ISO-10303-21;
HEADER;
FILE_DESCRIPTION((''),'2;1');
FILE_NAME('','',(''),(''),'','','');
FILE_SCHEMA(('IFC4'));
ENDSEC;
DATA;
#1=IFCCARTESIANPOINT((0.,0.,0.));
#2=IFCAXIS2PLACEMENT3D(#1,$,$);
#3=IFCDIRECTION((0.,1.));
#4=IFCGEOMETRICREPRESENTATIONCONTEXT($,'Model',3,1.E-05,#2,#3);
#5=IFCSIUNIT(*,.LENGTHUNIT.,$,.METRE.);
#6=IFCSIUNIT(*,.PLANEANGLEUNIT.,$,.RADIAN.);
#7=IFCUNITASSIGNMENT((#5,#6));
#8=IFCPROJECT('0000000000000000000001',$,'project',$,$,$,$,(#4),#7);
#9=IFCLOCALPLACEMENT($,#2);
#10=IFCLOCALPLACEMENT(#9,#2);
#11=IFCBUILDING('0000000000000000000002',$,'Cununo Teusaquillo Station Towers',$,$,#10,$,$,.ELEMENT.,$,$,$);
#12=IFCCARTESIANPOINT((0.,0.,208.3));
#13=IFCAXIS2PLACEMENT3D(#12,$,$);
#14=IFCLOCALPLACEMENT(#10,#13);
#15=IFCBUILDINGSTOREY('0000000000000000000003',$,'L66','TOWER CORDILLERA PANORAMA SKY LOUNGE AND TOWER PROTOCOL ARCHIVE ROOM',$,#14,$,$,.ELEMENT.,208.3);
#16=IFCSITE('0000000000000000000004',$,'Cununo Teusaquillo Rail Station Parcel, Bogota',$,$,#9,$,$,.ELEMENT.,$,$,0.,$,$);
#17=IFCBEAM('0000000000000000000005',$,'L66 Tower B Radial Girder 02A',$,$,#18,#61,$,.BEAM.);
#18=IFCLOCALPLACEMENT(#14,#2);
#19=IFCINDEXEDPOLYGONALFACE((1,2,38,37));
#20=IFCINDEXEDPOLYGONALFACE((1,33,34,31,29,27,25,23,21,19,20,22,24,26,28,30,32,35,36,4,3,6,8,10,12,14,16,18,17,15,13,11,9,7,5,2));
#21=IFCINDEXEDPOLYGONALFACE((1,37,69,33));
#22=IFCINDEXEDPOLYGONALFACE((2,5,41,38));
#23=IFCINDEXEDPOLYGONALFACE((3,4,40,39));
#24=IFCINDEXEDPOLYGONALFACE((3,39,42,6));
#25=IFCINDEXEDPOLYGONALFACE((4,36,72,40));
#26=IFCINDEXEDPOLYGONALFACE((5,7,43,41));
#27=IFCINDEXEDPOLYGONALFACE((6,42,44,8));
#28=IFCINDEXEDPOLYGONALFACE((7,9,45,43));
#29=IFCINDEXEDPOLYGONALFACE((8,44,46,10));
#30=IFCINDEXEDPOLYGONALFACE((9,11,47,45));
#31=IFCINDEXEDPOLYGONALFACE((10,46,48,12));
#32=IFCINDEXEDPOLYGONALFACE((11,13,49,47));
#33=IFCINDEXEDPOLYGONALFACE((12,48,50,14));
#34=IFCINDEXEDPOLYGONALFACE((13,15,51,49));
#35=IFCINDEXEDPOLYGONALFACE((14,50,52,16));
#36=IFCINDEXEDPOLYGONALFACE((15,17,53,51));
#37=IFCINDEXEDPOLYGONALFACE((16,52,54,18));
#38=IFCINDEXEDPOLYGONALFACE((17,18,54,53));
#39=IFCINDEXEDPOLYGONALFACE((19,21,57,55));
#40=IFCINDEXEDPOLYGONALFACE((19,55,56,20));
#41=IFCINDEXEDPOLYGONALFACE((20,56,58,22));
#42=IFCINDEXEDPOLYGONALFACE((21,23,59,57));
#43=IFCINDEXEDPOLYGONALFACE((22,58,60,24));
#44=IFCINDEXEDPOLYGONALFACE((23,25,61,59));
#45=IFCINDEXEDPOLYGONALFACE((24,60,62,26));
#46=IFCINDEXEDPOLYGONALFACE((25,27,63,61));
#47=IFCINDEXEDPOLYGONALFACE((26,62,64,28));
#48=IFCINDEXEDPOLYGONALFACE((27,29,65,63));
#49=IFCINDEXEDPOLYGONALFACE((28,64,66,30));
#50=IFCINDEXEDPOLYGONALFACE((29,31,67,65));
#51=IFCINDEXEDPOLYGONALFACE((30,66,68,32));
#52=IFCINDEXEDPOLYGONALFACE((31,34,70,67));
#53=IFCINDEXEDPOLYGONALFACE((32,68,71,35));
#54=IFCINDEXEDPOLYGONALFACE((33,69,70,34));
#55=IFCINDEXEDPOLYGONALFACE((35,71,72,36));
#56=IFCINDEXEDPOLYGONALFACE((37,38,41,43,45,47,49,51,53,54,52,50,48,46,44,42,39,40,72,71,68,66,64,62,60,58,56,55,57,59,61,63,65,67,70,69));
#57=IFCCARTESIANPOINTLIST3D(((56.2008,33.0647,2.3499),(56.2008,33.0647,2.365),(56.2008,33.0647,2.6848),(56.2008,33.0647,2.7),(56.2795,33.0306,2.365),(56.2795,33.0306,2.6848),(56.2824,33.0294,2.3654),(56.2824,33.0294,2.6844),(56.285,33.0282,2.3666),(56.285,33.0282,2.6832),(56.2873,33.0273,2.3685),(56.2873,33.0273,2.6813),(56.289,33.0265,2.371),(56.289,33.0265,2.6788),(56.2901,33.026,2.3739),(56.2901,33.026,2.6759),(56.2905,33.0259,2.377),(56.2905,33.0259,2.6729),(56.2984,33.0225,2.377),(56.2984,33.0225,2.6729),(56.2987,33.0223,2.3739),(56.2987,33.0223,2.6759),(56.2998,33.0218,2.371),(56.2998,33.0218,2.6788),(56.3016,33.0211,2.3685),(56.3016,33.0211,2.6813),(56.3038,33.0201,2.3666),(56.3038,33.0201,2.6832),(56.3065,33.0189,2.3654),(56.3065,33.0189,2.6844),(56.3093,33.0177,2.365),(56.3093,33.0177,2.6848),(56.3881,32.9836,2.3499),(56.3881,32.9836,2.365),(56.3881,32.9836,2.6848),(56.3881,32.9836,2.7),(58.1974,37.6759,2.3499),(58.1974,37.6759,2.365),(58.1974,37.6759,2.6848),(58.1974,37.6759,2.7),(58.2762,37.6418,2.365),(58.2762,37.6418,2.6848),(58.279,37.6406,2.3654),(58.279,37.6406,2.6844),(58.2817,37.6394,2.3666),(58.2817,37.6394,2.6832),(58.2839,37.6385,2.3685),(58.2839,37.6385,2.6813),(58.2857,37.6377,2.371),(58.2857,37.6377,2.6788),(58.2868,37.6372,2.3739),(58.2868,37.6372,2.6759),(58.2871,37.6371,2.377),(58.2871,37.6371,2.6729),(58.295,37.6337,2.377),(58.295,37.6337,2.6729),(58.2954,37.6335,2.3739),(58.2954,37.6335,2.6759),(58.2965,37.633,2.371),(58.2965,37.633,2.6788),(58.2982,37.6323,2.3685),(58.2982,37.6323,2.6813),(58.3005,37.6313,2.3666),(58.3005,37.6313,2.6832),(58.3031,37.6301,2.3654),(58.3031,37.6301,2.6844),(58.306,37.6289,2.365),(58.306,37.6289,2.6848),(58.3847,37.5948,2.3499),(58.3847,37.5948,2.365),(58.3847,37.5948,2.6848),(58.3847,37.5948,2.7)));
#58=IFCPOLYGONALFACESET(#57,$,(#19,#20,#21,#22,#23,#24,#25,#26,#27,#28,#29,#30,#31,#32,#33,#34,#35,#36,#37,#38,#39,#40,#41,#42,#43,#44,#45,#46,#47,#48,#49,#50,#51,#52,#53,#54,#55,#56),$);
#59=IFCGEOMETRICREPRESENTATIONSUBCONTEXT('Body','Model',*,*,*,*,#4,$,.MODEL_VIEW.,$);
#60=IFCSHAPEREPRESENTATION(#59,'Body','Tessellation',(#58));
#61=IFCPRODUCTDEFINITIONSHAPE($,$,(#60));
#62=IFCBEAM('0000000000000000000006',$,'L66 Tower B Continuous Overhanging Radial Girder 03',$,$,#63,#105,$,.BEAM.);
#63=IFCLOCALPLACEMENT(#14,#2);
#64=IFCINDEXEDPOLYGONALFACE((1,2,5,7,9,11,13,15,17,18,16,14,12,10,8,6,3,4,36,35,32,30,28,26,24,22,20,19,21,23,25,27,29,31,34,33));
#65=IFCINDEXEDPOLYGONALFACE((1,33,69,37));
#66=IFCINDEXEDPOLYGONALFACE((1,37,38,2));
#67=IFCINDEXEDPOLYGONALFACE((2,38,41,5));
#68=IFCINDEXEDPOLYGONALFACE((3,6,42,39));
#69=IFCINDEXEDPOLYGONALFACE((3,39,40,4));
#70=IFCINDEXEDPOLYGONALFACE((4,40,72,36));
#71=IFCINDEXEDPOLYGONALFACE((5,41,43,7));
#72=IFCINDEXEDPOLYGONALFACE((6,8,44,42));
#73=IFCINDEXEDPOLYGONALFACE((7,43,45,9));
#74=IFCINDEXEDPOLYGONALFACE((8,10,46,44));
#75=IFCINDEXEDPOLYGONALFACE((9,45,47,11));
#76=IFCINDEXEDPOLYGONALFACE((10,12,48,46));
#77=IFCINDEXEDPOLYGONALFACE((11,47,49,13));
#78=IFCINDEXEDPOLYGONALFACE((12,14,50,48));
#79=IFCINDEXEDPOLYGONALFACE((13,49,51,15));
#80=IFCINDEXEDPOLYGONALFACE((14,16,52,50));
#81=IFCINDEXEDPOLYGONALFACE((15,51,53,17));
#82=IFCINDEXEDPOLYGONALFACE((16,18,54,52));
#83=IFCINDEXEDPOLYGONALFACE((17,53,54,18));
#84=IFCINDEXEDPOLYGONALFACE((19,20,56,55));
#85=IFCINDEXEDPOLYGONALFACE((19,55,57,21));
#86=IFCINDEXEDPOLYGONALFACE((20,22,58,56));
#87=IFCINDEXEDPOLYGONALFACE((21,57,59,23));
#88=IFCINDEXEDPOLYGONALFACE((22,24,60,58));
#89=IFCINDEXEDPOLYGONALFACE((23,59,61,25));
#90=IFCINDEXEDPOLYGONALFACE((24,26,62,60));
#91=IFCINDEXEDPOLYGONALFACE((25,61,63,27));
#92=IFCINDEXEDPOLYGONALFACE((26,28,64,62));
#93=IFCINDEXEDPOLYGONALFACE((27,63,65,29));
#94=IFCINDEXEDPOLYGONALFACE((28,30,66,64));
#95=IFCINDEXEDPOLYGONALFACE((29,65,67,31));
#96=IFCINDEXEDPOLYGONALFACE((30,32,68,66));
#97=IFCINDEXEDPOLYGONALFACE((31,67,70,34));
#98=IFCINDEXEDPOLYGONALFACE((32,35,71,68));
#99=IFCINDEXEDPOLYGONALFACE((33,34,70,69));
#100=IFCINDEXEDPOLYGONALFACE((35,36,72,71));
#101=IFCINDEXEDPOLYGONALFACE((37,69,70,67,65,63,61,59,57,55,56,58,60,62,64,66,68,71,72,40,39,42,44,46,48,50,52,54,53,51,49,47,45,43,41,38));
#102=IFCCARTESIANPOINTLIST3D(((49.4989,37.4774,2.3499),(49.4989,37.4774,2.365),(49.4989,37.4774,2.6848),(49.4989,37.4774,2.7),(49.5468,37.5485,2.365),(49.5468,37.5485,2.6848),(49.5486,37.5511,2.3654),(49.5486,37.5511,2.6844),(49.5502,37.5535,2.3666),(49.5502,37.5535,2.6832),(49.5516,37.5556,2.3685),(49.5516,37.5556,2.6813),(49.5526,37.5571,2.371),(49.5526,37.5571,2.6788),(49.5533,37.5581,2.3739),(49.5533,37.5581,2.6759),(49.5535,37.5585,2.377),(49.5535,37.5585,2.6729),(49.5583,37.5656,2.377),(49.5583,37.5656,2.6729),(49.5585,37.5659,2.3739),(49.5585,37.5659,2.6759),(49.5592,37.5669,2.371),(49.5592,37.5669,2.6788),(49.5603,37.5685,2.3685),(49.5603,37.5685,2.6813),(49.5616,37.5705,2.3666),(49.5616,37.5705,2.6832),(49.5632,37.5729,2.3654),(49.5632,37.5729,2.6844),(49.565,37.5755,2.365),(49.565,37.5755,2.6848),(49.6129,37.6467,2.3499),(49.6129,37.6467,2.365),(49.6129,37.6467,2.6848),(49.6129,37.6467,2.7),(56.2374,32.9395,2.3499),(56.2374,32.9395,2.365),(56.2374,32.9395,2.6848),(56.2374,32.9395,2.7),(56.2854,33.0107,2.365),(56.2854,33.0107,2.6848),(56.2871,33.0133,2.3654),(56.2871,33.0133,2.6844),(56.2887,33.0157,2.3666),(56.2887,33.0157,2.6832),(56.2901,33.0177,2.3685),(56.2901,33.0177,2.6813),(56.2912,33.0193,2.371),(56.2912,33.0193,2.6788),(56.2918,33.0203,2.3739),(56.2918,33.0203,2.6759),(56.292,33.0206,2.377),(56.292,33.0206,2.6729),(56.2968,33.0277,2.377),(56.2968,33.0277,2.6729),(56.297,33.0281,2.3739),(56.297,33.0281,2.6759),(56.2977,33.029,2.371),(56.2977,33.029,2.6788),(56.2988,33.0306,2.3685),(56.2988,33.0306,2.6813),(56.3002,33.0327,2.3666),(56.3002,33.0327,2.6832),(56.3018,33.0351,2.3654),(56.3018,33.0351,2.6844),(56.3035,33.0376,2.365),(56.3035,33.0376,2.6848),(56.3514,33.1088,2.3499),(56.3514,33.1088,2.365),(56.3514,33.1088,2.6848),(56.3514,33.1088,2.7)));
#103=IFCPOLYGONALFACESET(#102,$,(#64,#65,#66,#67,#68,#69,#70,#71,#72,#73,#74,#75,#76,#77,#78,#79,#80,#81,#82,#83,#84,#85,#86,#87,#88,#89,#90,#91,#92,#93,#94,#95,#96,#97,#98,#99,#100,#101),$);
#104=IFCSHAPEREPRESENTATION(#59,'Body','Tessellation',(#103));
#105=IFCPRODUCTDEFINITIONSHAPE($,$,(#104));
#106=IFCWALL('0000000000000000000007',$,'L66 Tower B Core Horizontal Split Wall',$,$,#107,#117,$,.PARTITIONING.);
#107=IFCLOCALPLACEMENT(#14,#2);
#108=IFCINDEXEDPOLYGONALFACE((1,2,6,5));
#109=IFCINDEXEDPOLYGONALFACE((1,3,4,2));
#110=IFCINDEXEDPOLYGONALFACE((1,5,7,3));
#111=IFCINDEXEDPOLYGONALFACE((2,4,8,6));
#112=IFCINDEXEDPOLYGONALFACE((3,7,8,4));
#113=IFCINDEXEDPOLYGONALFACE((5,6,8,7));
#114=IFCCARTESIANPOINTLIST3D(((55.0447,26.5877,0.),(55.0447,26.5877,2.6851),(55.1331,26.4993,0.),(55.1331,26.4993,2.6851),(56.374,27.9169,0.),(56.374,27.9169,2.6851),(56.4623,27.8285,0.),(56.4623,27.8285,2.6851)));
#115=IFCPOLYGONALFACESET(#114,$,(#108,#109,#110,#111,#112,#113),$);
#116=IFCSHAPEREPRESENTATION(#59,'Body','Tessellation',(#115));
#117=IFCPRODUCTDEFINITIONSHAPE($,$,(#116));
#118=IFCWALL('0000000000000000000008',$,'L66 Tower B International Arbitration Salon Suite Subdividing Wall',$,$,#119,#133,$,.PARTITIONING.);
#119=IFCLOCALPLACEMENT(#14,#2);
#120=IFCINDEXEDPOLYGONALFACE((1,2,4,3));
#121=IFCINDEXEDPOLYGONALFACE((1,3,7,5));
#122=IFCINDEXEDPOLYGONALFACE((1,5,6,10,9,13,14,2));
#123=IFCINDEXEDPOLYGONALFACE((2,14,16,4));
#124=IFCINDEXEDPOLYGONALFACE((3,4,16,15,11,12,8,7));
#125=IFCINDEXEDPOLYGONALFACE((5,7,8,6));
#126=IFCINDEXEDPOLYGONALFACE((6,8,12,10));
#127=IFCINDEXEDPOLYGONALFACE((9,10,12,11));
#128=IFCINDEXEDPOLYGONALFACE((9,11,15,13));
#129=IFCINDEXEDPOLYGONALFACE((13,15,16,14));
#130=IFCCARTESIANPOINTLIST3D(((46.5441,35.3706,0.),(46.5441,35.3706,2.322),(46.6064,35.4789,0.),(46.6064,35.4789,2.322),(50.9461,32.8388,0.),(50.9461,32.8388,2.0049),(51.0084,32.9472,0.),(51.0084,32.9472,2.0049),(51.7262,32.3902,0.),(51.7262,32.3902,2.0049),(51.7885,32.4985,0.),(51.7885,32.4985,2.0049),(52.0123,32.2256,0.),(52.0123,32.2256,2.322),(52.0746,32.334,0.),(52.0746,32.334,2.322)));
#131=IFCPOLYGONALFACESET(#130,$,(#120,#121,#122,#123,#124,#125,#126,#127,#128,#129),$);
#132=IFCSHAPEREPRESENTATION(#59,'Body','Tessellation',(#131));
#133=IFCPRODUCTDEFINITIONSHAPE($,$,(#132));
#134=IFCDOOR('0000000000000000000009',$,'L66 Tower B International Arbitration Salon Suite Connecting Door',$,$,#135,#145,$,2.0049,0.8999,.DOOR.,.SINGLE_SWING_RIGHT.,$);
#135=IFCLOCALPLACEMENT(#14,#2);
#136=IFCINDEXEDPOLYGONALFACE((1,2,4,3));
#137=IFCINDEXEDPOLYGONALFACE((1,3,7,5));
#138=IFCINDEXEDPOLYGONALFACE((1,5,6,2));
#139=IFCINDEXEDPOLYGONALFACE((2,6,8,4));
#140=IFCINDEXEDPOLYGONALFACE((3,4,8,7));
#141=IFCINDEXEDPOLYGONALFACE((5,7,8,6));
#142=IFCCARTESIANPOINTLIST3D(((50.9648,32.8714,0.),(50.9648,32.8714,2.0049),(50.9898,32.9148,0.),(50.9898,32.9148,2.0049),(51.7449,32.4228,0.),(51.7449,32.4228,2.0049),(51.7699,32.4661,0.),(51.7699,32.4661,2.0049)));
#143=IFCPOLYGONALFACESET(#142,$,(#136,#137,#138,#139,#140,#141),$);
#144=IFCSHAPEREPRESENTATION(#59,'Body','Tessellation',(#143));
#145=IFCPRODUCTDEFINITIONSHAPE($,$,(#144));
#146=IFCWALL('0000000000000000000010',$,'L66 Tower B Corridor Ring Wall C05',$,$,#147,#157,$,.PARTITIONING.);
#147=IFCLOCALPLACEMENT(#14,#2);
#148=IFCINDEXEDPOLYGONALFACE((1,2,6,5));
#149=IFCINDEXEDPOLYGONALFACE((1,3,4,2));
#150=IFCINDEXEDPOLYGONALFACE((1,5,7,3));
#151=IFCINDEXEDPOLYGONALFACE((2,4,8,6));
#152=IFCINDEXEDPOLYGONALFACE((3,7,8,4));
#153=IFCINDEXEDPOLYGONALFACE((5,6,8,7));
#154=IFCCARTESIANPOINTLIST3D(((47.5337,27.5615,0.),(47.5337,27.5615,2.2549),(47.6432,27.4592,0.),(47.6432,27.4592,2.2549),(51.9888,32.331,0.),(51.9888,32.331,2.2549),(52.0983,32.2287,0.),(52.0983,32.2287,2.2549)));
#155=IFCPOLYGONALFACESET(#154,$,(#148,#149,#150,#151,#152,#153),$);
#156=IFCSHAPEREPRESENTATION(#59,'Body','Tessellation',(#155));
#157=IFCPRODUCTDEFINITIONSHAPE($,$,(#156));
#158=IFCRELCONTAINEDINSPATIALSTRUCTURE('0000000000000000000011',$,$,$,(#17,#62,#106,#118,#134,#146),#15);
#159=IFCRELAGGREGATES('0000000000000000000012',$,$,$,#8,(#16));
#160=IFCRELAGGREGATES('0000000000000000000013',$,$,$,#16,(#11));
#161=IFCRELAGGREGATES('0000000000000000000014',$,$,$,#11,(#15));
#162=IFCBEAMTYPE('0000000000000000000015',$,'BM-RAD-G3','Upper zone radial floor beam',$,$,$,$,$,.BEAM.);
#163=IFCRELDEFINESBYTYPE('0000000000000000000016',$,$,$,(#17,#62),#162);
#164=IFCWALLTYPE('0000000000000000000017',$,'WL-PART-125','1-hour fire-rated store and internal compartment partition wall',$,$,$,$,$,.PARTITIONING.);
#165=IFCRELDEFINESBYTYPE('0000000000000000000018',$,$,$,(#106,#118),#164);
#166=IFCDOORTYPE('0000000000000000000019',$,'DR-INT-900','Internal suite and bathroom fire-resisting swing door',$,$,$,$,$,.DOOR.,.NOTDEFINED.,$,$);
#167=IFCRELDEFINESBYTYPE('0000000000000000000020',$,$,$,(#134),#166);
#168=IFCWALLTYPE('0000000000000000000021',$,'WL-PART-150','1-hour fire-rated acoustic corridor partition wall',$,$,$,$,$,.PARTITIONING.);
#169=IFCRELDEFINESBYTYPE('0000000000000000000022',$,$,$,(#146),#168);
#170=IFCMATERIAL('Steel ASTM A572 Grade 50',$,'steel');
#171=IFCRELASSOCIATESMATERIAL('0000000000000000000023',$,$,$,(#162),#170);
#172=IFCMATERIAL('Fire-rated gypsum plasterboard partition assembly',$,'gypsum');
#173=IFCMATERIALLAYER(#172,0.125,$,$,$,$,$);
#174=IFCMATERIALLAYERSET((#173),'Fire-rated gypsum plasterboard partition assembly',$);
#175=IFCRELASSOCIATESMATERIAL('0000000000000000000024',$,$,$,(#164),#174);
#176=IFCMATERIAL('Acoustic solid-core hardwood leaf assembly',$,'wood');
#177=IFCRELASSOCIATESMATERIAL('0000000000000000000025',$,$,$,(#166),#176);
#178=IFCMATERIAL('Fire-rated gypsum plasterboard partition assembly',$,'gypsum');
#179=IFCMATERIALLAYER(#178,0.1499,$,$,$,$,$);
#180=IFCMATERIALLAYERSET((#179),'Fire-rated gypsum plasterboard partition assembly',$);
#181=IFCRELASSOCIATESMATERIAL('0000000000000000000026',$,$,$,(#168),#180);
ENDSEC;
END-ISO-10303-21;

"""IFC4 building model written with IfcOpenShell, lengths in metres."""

from ifc_helpers import new_model, si_unit, direction, frame, frame_2d, origin, origin_2d, place, context, subcontext, project, spatial, rectangle, i_section, extrude, source, transform, mapped, material, layer, layer_set, material_profile, profile_set, type_object, element, fill, save


model = new_model("IFC4")

# Units and contexts
model_context = context("Model", 3, precision=1e-05, world=origin(), true_north=direction((0.0, 1.0)))
body_context = subcontext(model_context, "Body", "Model", "MODEL_VIEW")
ifc_project = project(units=[si_unit("LENGTHUNIT", "METRE"), si_unit("PLANEANGLEUNIT", "RADIAN")], contexts=[model_context])

# Site, building, storey
site_placement = place(None, origin())
site = spatial("IfcSite", under=ifc_project, at=site_placement, Name="Cununo Teusaquillo Rail Station Parcel, Bogota", CompositionType="ELEMENT", RefElevation=0.0)
building_placement = place(site_placement, origin())
building = spatial("IfcBuilding", under=site, at=building_placement, Name="Cununo Teusaquillo Station Towers", CompositionType="ELEMENT")
storey_placement = place(building_placement, frame((0.0, 0.0, 208.3)))
storey = spatial("IfcBuildingStorey", under=building, at=storey_placement, Name="L66", Description="TOWER CORDILLERA PANORAMA SKY LOUNGE AND TOWER PROTOCOL ARCHIVE ROOM", CompositionType="ELEMENT", Elevation=208.3)

# Beams
ifc_material_1 = material(Name="Steel ASTM A572 Grade 50", Category="steel")
ifc_material_profile_1 = material_profile(ifc_material_1, i_section(OverallWidth=0.2041, OverallDepth=0.3501, WebThickness=0.0085, FlangeThickness=0.0151, FilletRadius=0.012, at=origin_2d()), Name="W14X48")
ifc_profile_set_1 = profile_set([ifc_material_profile_1], Name="Steel ASTM A572 Grade 50")
beam_type_1 = type_object("IfcBeamType", Name="BM-RAD-G3", Description="Upper zone radial floor beam", PredefinedType="BEAM", material=ifc_profile_set_1)
beam_1_placement = place(storey_placement, frame((56.2944, 33.0242, 2.5249), z_axis=(0.397347, 0.917668, 0.0), x_axis=(-0.917668, 0.397347, 0.0)))
element("IfcBeam", 1, at=beam_1_placement, inside=storey, type_object=beam_type_1, Name="L66 Tower B Radial Girder 02A", PredefinedType="BEAM", context=body_context, shape_type="SweptSolid", body=[
    extrude(i_section(OverallWidth=0.2041, OverallDepth=0.3501, WebThickness=0.0085, FlangeThickness=0.0151, FilletRadius=0.012, at=origin_2d()), origin(), (0.0, 0.0, 1.0), 5.0249),
])
beam_2_placement = place(storey_placement, frame((56.2944, 33.0242, 2.5249), z_axis=(-0.829457, 0.558571, 0.0), x_axis=(-0.558571, -0.829457, 0.0)))
element("IfcBeam", 2, at=beam_2_placement, inside=storey, type_object=beam_type_1, Name="L66 Tower B Continuous Overhanging Radial Girder 03", PredefinedType="BEAM", context=body_context, shape_type="SweptSolid", body=[
    extrude(i_section(OverallWidth=0.2041, OverallDepth=0.3501, WebThickness=0.0085, FlangeThickness=0.0151, FilletRadius=0.012, at=origin_2d()), origin(), (0.0, 0.0, 1.0), 8.124),
])

# Wall
ifc_material_2 = material(Name="Fire-rated gypsum plasterboard partition assembly", Category="gypsum")
ifc_layer_1 = layer(ifc_material_2, 0.125)
ifc_layer_set_1 = layer_set([ifc_layer_1], Name="Fire-rated gypsum plasterboard partition assembly")
wall_type_1 = type_object("IfcWallType", Name="WL-PART-125", Description="1-hour fire-rated store and internal compartment partition wall", PredefinedType="PARTITIONING", material=ifc_layer_set_1)
wall_1_placement = place(storey_placement, frame((55.0889, 26.5435, 0.0), z_axis=(0.0, 0.0, 1.0), x_axis=(0.707107, 0.707107, 0.0)))
element("IfcWall", 3, at=wall_1_placement, inside=storey, type_object=wall_type_1, Name="L66 Tower B Core Horizontal Split Wall", PredefinedType="PARTITIONING", context=body_context, shape_type="SweptSolid", body=[
    extrude(rectangle(XDim=1.8799, YDim=0.125, at=frame_2d((0.9399, 0.0))), origin(), (0.0, 0.0, 1.0), 2.6851),
])

# Wall, opening, door
wall_2_placement = place(storey_placement, frame((52.0435, 32.2798, 0.0), z_axis=(0.0, 0.0, 1.0), x_axis=(-0.866854, 0.498563, 0.0)))
wall_2 = element("IfcWall", 4, at=wall_2_placement, inside=storey, type_object=wall_type_1, Name="L66 Tower B International Arbitration Salon Suite Subdividing Wall", PredefinedType="PARTITIONING", context=body_context, shape_type="SweptSolid", body=[
    extrude(rectangle(XDim=6.3081, YDim=0.125, at=frame_2d((3.1541, 0.0))), origin(), (0.0, 0.0, 1.0), 2.322),
])
shared_shape_1 = source(origin(), body_context, "Body", "SweptSolid", [
    extrude(rectangle(XDim=0.8999, YDim=2.0049, at=frame_2d((0.45, 1.0024))), frame((0.0, 0.0725, 0.0), z_axis=(0.0, -1.0, 0.0), x_axis=(1.0, 0.0, 0.0)), (0.0, 0.0, 1.0), 0.145),
])
opening_1_placement = place(wall_2_placement, frame((0.3301, 0.0, 0.0)))
opening_1 = element("IfcOpeningElement", 5, at=opening_1_placement, cuts=wall_2, PredefinedType="OPENING", context=body_context, shape_type="MappedRepresentation", body=[
    mapped(shared_shape_1, transform((0.0, 0.0, 0.0), x_axis=(1.0, 0.0, 0.0), y_axis=(0.0, 1.0, 0.0), z_axis=(0.0, 0.0, 1.0), scale=1.0)),
])
ifc_material_3 = material(Name="Acoustic solid-core hardwood leaf assembly", Category="wood")
door_type_1 = type_object("IfcDoorType", Name="DR-INT-900", Description="Internal suite and bathroom fire-resisting swing door", OperationType="NOTDEFINED", PredefinedType="DOOR", material=ifc_material_3)
shared_shape_2 = source(origin(), body_context, "Body", "SweptSolid", [
    extrude(rectangle(XDim=0.8999, YDim=2.0049, at=frame_2d((0.45, 1.0024))), frame((0.0, 0.0249, 0.0), z_axis=(0.0, -1.0, 0.0), x_axis=(1.0, 0.0, 0.0)), (0.0, 0.0, 1.0), 0.05),
])
door_1_placement = place(opening_1_placement, origin())
door_1 = element("IfcDoor", 6, at=door_1_placement, inside=storey, type_object=door_type_1, Name="L66 Tower B International Arbitration Salon Suite Connecting Door", OperationType="SINGLE_SWING_RIGHT", OverallHeight=2.0049, OverallWidth=0.8999, PredefinedType="DOOR", context=body_context, shape_type="MappedRepresentation", body=[
    mapped(shared_shape_2, transform((0.0, 0.0, 0.0), x_axis=(1.0, 0.0, 0.0), y_axis=(0.0, 1.0, 0.0), z_axis=(0.0, 0.0, 1.0), scale=1.0)),
])
fill(opening_1, door_1)

# Wall
ifc_material_4 = material(Name="Fire-rated gypsum plasterboard partition assembly", Category="gypsum")
ifc_layer_2 = layer(ifc_material_4, 0.1499)
ifc_layer_set_2 = layer_set([ifc_layer_2], Name="Fire-rated gypsum plasterboard partition assembly")
wall_type_2 = type_object("IfcWallType", Name="WL-PART-150", Description="1-hour fire-rated acoustic corridor partition wall", PredefinedType="PARTITIONING", material=ifc_layer_set_2)
wall_3_placement = place(storey_placement, frame((52.0435, 32.2798, 0.0), z_axis=(0.0, 0.0, 1.0), x_axis=(-0.682606, -0.730787, 0.0)))
element("IfcWall", 7, at=wall_3_placement, inside=storey, type_object=wall_type_2, Name="L66 Tower B Corridor Ring Wall C05", PredefinedType="PARTITIONING", context=body_context, shape_type="SweptSolid", body=[
    extrude(rectangle(XDim=6.5266, YDim=0.1499, at=frame_2d((3.2632, 0.0))), origin(), (0.0, 0.0, 1.0), 2.2549),
])

save(model, "model.ifc")
